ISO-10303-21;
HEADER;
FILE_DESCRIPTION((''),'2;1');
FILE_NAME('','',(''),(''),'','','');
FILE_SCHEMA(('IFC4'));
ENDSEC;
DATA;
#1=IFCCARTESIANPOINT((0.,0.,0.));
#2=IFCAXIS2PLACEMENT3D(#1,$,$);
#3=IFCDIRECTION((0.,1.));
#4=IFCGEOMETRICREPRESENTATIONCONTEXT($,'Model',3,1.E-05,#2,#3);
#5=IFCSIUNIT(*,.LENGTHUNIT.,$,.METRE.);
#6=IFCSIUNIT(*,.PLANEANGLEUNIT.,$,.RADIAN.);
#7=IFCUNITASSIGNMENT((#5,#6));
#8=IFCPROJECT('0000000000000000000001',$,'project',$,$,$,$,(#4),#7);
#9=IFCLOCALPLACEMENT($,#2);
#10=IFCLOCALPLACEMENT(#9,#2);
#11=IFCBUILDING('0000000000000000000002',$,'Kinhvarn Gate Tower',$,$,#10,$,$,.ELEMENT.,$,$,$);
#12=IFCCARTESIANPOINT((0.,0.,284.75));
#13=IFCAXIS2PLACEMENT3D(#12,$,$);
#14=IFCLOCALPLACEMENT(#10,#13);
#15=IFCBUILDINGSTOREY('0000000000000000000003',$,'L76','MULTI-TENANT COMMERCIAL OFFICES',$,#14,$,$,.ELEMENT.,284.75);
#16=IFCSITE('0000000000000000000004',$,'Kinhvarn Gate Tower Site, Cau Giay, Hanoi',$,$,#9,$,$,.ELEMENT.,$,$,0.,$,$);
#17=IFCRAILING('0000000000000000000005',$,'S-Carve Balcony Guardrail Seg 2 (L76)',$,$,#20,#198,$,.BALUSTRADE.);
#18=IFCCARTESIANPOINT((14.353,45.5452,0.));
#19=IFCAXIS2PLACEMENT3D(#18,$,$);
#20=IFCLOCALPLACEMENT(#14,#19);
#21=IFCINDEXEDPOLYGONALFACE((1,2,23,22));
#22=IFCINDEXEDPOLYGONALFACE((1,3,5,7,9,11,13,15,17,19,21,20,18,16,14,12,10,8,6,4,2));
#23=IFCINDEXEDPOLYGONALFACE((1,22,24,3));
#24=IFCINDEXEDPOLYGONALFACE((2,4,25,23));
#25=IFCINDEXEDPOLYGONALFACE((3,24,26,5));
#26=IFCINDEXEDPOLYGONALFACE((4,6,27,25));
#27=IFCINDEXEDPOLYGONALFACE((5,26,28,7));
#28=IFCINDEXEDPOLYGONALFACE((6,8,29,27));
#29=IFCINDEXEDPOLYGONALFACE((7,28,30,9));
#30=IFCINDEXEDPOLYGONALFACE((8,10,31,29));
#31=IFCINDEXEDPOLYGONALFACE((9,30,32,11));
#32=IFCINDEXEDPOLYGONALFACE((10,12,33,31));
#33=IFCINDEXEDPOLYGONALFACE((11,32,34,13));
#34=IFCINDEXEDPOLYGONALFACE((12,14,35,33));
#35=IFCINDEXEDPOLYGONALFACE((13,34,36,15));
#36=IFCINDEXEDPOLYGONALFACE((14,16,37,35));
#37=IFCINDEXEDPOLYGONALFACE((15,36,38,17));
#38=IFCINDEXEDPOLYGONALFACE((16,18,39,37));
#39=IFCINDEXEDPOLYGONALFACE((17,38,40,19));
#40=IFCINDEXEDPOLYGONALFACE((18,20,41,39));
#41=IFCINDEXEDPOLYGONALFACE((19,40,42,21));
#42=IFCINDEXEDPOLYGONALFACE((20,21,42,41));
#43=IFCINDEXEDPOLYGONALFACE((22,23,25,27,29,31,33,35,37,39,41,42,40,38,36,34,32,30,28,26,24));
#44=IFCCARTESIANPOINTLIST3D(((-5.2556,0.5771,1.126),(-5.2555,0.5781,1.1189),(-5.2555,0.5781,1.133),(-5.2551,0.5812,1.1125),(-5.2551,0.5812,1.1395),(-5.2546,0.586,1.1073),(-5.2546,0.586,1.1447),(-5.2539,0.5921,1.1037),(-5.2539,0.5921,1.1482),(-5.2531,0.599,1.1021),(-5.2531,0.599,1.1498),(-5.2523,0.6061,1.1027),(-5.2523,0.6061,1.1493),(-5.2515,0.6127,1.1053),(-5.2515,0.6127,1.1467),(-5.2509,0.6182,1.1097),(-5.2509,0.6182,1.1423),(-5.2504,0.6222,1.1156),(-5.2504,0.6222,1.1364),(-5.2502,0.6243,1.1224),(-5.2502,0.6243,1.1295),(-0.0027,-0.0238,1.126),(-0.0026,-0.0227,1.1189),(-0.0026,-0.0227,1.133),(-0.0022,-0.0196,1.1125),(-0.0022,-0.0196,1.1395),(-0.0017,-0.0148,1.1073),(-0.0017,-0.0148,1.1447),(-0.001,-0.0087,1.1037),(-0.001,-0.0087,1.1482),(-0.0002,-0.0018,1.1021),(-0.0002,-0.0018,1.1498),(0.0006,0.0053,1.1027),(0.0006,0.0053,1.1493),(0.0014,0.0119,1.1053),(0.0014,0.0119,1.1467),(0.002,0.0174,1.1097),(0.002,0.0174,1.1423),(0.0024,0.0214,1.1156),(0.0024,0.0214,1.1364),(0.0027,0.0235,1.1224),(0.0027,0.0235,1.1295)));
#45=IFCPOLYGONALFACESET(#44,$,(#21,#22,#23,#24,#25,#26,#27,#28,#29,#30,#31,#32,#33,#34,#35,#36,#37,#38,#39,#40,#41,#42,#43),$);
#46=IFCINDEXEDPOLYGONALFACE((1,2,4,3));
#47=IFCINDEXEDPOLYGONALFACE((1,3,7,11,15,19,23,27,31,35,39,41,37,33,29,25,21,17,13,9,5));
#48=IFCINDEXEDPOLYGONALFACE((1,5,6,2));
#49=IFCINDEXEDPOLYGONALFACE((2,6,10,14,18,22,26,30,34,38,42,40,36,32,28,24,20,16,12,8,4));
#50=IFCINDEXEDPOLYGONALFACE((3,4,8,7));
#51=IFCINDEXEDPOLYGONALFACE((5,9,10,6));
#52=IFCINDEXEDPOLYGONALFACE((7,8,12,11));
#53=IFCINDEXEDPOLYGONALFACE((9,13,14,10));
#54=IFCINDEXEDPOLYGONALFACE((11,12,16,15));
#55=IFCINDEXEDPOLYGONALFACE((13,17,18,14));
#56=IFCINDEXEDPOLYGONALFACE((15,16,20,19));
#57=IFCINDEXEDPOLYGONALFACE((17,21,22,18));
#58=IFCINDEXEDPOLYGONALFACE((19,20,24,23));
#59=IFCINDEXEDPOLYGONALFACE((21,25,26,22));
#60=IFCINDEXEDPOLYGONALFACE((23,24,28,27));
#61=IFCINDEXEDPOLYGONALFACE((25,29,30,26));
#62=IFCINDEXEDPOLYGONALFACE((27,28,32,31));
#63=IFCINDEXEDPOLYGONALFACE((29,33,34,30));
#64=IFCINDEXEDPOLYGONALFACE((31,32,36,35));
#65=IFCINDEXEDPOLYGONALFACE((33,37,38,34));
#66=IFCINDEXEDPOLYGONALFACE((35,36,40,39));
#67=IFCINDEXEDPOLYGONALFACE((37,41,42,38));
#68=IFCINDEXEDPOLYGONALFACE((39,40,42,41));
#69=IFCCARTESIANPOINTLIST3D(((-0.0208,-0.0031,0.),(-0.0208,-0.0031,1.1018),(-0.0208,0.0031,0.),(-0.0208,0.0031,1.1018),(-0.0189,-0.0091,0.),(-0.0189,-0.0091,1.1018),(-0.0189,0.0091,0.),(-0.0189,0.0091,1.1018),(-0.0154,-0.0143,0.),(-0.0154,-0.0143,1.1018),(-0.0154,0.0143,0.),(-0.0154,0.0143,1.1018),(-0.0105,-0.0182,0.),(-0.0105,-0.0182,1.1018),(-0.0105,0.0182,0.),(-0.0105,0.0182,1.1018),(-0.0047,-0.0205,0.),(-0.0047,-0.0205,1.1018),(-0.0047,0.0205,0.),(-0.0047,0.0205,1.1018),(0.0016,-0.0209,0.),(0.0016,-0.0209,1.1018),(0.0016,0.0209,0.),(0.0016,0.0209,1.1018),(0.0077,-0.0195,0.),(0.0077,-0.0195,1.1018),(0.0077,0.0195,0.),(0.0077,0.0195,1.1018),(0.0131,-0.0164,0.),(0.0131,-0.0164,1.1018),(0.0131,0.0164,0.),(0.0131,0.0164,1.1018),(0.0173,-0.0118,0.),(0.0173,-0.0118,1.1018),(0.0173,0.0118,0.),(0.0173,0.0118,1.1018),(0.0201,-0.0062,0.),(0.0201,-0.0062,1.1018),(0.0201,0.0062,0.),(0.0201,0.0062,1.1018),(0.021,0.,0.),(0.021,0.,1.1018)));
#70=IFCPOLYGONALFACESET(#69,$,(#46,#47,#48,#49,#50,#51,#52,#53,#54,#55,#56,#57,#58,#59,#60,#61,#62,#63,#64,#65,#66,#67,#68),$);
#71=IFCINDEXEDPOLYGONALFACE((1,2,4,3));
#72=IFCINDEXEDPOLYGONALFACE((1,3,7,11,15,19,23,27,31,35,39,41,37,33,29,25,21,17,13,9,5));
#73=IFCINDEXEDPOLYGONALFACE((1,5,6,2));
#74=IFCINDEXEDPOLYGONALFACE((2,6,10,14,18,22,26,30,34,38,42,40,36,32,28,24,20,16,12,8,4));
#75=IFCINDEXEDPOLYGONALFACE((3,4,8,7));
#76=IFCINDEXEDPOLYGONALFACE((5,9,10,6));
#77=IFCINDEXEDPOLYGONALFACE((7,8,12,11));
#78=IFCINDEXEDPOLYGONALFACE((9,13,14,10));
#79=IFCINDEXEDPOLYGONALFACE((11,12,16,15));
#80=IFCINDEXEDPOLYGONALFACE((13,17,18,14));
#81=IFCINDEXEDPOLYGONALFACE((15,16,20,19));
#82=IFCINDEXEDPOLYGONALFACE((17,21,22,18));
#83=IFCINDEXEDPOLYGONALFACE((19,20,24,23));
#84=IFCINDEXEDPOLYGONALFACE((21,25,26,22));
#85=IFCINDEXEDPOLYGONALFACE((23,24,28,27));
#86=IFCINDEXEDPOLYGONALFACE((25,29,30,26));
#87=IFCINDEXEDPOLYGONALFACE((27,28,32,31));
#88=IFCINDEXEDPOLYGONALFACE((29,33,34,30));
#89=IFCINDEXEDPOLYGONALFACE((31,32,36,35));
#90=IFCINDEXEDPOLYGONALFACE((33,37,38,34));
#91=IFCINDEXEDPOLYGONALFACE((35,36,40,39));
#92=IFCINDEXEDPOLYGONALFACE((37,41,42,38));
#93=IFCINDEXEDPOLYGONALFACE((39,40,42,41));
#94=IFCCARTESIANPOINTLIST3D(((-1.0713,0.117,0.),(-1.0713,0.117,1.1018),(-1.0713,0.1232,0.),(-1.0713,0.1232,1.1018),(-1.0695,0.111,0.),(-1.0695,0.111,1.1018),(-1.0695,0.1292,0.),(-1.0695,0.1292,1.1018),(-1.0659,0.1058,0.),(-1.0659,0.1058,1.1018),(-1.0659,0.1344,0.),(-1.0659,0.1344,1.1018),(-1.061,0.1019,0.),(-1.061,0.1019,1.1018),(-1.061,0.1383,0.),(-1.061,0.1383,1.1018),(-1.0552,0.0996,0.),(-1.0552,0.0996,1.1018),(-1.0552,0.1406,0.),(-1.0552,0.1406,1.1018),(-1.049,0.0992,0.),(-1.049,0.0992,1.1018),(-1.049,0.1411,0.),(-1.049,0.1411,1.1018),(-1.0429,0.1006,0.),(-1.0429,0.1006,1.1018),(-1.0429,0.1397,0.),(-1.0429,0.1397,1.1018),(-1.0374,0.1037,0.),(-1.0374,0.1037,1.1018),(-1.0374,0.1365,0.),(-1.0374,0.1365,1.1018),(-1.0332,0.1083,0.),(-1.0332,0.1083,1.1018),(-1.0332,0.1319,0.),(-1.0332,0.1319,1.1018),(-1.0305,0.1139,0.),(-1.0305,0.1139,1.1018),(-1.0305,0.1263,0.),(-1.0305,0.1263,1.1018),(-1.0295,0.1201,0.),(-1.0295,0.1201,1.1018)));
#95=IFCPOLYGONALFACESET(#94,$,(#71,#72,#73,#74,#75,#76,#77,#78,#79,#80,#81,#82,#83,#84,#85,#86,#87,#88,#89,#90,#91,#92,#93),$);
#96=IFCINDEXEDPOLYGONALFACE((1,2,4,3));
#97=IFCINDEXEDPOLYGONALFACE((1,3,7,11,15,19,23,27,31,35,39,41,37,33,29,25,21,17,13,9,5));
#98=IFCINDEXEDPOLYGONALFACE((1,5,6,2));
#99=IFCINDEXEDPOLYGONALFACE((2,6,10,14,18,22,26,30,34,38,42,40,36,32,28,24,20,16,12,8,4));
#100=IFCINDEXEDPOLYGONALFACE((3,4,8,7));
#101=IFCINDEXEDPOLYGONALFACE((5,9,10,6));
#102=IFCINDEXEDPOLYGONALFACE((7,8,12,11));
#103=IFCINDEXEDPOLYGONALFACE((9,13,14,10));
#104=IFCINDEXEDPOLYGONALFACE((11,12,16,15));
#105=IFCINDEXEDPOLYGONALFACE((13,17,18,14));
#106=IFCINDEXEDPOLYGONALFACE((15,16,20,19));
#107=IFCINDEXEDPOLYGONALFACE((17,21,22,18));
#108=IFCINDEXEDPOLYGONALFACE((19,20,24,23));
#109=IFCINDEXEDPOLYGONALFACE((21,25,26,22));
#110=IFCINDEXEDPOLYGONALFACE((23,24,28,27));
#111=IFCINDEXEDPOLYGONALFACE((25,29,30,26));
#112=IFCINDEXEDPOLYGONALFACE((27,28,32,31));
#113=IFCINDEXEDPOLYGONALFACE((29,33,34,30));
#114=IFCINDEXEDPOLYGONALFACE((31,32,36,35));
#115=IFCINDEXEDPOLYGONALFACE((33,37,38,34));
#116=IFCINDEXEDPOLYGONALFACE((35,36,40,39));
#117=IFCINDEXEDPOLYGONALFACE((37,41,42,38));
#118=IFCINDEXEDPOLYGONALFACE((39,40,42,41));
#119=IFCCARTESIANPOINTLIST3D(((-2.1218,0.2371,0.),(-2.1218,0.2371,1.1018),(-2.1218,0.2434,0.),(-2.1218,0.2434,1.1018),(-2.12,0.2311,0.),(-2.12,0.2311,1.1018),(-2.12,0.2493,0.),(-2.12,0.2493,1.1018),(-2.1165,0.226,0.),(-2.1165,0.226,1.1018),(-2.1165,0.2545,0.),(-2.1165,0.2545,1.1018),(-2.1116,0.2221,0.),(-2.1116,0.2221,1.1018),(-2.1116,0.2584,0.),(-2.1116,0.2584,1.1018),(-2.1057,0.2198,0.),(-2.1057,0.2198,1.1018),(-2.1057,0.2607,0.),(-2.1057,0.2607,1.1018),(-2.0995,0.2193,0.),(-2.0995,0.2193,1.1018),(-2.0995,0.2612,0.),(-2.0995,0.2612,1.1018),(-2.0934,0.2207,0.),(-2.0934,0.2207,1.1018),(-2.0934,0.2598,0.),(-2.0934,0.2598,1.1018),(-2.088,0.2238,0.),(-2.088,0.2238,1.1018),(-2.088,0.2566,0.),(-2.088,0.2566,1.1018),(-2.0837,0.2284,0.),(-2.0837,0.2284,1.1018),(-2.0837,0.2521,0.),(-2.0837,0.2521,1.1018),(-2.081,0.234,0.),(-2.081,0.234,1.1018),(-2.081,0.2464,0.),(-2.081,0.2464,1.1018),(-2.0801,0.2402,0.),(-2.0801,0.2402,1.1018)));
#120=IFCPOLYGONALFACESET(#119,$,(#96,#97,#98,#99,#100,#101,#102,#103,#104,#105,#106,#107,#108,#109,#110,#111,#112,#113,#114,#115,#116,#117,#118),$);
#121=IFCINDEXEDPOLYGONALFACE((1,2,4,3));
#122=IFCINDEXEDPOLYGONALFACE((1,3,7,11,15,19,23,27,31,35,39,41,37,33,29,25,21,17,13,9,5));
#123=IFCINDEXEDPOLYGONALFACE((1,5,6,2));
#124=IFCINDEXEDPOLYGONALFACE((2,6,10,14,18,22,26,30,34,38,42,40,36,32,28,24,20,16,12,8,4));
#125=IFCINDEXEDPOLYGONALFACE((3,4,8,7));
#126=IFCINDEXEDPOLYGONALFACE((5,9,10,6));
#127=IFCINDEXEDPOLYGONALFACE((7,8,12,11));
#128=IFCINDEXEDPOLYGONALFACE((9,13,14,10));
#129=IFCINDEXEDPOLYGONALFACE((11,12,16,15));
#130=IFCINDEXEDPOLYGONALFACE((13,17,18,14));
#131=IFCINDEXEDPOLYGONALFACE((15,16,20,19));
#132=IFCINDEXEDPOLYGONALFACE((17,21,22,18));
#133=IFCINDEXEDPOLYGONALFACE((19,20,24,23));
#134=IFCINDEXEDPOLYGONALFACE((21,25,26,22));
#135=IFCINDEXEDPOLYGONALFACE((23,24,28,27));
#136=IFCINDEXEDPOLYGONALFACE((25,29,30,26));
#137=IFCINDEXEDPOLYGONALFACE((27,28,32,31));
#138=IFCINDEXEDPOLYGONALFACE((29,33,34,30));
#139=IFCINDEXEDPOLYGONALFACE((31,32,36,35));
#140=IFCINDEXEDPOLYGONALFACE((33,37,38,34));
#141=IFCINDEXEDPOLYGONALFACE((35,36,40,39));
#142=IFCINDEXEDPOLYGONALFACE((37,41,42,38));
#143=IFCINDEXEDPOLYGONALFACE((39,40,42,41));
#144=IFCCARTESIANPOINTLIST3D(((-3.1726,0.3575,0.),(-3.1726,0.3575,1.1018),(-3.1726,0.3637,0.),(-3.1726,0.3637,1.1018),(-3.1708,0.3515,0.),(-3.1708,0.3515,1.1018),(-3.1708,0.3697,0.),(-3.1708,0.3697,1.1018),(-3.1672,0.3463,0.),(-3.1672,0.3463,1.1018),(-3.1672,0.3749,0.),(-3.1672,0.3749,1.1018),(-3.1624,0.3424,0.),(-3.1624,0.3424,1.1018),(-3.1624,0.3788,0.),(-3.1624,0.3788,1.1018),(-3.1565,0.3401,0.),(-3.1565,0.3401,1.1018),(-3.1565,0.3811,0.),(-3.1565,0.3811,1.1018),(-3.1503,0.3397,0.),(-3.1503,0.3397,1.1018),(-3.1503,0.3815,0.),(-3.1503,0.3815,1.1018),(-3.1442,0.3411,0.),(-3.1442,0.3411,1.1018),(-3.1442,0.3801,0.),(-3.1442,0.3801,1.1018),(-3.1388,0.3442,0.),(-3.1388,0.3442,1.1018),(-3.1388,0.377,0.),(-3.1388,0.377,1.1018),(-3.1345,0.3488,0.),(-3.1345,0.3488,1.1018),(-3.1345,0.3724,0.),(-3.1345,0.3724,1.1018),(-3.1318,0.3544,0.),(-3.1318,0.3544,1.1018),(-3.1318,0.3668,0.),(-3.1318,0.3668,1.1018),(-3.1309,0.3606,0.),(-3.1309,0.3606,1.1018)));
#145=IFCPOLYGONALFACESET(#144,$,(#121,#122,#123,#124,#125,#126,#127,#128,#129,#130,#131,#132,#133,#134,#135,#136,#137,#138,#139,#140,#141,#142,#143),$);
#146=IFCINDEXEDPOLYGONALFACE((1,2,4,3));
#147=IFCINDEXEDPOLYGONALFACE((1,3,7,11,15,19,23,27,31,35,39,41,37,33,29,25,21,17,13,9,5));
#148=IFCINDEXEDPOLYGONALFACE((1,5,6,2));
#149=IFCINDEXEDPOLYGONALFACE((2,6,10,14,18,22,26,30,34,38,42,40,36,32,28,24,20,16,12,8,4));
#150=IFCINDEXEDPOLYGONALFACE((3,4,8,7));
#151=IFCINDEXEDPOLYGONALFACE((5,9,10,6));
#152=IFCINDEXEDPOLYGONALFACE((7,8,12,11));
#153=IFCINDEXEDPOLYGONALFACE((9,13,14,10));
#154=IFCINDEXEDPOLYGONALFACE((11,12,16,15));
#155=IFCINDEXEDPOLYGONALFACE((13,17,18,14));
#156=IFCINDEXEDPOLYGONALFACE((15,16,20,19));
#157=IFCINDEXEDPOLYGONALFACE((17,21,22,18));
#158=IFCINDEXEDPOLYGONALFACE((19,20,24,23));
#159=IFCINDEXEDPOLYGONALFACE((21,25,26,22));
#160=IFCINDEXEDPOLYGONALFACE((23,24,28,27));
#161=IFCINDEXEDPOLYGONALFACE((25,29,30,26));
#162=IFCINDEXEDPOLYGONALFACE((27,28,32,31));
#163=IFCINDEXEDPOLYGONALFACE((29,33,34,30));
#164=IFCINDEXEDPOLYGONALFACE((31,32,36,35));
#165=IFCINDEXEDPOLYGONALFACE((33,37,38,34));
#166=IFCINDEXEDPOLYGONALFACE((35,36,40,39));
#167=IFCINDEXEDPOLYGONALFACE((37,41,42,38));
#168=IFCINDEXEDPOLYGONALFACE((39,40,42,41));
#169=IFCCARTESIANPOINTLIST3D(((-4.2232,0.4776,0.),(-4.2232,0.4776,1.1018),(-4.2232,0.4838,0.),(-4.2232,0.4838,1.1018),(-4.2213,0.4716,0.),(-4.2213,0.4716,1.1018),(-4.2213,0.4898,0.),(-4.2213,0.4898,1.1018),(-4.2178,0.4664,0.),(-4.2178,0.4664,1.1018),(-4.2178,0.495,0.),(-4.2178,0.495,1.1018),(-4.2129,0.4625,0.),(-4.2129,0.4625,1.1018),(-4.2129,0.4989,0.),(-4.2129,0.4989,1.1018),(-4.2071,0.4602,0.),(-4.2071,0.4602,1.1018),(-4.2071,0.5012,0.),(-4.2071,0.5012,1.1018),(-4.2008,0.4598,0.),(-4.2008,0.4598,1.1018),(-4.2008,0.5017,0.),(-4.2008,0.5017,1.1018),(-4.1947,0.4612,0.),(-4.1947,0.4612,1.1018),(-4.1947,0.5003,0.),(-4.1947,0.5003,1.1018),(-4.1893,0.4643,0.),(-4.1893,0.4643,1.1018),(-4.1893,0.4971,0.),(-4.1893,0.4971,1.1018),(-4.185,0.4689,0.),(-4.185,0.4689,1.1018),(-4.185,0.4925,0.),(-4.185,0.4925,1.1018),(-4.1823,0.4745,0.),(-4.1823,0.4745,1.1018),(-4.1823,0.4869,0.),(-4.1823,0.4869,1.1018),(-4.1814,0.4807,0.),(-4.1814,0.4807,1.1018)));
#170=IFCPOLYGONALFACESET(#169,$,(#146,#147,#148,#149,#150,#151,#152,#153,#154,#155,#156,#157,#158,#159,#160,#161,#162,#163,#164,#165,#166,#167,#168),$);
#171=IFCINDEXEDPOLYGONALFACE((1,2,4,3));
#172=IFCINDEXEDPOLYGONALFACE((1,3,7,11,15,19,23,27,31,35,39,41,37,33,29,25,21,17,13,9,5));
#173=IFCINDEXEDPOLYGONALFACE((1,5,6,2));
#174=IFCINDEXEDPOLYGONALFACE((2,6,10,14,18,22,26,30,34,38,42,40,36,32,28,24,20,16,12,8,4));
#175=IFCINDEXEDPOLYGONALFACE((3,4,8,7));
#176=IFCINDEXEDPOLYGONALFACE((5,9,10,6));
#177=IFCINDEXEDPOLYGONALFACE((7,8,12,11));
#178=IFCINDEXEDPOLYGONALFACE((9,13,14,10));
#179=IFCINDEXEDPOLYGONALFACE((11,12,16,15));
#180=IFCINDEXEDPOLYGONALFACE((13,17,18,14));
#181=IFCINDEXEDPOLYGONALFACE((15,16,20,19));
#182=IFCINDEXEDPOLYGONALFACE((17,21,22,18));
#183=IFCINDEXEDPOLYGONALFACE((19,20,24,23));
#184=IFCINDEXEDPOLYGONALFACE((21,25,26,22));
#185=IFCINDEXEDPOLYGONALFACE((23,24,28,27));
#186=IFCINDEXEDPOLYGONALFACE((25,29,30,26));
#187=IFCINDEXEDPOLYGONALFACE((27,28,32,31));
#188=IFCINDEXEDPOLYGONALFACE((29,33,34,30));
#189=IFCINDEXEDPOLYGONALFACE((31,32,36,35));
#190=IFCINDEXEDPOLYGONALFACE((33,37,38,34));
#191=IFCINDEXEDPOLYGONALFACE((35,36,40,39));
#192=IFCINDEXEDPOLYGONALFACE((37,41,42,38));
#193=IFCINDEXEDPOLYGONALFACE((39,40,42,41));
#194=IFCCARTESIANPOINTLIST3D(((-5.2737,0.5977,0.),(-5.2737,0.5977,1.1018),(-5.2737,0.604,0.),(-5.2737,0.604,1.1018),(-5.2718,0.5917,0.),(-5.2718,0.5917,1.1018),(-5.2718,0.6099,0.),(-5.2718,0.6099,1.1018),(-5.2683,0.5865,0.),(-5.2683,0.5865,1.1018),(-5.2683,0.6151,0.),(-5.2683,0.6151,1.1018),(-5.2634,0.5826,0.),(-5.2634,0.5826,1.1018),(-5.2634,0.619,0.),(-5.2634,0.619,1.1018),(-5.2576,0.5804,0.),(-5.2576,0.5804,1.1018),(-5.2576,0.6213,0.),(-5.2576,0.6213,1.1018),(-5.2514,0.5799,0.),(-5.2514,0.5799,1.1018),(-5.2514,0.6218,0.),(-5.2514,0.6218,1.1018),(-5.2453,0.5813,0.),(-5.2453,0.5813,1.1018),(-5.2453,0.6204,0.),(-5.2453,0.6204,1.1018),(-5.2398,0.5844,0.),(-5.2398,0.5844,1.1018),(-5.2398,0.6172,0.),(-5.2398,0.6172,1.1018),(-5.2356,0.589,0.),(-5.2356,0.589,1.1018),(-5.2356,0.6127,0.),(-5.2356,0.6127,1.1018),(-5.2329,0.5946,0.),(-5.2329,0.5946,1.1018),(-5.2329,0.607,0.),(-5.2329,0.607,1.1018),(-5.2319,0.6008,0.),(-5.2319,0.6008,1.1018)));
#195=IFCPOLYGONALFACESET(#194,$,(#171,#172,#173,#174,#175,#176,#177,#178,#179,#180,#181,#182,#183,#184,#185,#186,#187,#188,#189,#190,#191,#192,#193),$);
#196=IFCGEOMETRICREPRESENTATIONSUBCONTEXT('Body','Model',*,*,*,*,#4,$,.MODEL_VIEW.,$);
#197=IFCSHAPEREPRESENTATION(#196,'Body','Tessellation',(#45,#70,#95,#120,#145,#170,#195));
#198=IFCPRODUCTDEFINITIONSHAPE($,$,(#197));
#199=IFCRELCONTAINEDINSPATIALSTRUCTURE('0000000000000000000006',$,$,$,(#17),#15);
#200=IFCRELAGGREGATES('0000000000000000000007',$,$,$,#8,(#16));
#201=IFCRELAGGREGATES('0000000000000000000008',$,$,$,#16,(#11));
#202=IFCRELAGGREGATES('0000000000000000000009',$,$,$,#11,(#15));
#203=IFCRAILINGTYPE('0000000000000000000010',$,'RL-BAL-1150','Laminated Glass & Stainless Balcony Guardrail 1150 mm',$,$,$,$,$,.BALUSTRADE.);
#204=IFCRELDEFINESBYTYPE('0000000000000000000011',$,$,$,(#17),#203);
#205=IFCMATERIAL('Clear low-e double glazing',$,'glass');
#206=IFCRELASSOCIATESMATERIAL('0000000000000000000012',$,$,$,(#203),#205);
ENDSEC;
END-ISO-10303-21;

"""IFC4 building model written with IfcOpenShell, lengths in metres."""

from ifc_helpers import new_model, si_unit, direction, frame, origin, origin_2d, place, context, subcontext, project, spatial, circle, extrude, material, type_object, element, save


model = new_model("IFC4")

# Units and contexts
model_context = context("Model", 3, precision=1e-05, world=origin(), true_north=direction((0.0, 1.0)))
body_context = subcontext(model_context, "Body", "Model", "MODEL_VIEW")
ifc_project = project(units=[si_unit("LENGTHUNIT", "METRE"), si_unit("PLANEANGLEUNIT", "RADIAN")], contexts=[model_context])

# Site, building, storey
site_placement = place(None, origin())
site = spatial("IfcSite", under=ifc_project, at=site_placement, Name="Kinhvarn Gate Tower Site, Cau Giay, Hanoi", CompositionType="ELEMENT", RefElevation=0.0)
building_placement = place(site_placement, origin())
building = spatial("IfcBuilding", under=site, at=building_placement, Name="Kinhvarn Gate Tower", CompositionType="ELEMENT")
storey_placement = place(building_placement, frame((0.0, 0.0, 284.75)))
storey = spatial("IfcBuildingStorey", under=building, at=storey_placement, Name="L76", Description="MULTI-TENANT COMMERCIAL OFFICES", CompositionType="ELEMENT", Elevation=284.75)

# Shared definitions
ifc_material_1 = material(Name="Clear low-e double glazing", Category="glass")

# Railing
railing_type_1 = type_object("IfcRailingType", Name="RL-BAL-1150", Description="Laminated Glass & Stainless Balcony Guardrail 1150 mm", PredefinedType="BALUSTRADE", material=ifc_material_1)
railing_1_placement = place(storey_placement, frame((14.353, 45.5452, 0.0)))
element("IfcRailing", 1, at=railing_1_placement, inside=storey, type_object=railing_type_1, Name="S-Carve Balcony Guardrail Seg 2 (L76)", PredefinedType="BALUSTRADE", context=body_context, shape_type="SweptSolid", body=[
    extrude(circle(Radius=0.0239, at=origin_2d()), frame((0.0, 0.0, 1.126), z_axis=(-0.993522, 0.113639, 0.0), x_axis=(-0.113639, -0.993522, 0.0)), (0.0, 0.0, 1.0), 5.2871),
    extrude(circle(Radius=0.021, at=origin_2d()), origin(), (0.0, 0.0, 1.0), 1.1018),
    extrude(circle(Radius=0.021, at=origin_2d()), frame((-1.0505, 0.1201, 0.0)), (0.0, 0.0, 1.0), 1.1018),
    extrude(circle(Radius=0.021, at=origin_2d()), frame((-2.1011, 0.2402, 0.0)), (0.0, 0.0, 1.0), 1.1018),
    extrude(circle(Radius=0.021, at=origin_2d()), frame((-3.1519, 0.3606, 0.0)), (0.0, 0.0, 1.0), 1.1018),
    extrude(circle(Radius=0.021, at=origin_2d()), frame((-4.2024, 0.4807, 0.0)), (0.0, 0.0, 1.0), 1.1018),
    extrude(circle(Radius=0.021, at=origin_2d()), frame((-5.2529, 0.6008, 0.0)), (0.0, 0.0, 1.0), 1.1018),
])

save(model, "model.ifc")
